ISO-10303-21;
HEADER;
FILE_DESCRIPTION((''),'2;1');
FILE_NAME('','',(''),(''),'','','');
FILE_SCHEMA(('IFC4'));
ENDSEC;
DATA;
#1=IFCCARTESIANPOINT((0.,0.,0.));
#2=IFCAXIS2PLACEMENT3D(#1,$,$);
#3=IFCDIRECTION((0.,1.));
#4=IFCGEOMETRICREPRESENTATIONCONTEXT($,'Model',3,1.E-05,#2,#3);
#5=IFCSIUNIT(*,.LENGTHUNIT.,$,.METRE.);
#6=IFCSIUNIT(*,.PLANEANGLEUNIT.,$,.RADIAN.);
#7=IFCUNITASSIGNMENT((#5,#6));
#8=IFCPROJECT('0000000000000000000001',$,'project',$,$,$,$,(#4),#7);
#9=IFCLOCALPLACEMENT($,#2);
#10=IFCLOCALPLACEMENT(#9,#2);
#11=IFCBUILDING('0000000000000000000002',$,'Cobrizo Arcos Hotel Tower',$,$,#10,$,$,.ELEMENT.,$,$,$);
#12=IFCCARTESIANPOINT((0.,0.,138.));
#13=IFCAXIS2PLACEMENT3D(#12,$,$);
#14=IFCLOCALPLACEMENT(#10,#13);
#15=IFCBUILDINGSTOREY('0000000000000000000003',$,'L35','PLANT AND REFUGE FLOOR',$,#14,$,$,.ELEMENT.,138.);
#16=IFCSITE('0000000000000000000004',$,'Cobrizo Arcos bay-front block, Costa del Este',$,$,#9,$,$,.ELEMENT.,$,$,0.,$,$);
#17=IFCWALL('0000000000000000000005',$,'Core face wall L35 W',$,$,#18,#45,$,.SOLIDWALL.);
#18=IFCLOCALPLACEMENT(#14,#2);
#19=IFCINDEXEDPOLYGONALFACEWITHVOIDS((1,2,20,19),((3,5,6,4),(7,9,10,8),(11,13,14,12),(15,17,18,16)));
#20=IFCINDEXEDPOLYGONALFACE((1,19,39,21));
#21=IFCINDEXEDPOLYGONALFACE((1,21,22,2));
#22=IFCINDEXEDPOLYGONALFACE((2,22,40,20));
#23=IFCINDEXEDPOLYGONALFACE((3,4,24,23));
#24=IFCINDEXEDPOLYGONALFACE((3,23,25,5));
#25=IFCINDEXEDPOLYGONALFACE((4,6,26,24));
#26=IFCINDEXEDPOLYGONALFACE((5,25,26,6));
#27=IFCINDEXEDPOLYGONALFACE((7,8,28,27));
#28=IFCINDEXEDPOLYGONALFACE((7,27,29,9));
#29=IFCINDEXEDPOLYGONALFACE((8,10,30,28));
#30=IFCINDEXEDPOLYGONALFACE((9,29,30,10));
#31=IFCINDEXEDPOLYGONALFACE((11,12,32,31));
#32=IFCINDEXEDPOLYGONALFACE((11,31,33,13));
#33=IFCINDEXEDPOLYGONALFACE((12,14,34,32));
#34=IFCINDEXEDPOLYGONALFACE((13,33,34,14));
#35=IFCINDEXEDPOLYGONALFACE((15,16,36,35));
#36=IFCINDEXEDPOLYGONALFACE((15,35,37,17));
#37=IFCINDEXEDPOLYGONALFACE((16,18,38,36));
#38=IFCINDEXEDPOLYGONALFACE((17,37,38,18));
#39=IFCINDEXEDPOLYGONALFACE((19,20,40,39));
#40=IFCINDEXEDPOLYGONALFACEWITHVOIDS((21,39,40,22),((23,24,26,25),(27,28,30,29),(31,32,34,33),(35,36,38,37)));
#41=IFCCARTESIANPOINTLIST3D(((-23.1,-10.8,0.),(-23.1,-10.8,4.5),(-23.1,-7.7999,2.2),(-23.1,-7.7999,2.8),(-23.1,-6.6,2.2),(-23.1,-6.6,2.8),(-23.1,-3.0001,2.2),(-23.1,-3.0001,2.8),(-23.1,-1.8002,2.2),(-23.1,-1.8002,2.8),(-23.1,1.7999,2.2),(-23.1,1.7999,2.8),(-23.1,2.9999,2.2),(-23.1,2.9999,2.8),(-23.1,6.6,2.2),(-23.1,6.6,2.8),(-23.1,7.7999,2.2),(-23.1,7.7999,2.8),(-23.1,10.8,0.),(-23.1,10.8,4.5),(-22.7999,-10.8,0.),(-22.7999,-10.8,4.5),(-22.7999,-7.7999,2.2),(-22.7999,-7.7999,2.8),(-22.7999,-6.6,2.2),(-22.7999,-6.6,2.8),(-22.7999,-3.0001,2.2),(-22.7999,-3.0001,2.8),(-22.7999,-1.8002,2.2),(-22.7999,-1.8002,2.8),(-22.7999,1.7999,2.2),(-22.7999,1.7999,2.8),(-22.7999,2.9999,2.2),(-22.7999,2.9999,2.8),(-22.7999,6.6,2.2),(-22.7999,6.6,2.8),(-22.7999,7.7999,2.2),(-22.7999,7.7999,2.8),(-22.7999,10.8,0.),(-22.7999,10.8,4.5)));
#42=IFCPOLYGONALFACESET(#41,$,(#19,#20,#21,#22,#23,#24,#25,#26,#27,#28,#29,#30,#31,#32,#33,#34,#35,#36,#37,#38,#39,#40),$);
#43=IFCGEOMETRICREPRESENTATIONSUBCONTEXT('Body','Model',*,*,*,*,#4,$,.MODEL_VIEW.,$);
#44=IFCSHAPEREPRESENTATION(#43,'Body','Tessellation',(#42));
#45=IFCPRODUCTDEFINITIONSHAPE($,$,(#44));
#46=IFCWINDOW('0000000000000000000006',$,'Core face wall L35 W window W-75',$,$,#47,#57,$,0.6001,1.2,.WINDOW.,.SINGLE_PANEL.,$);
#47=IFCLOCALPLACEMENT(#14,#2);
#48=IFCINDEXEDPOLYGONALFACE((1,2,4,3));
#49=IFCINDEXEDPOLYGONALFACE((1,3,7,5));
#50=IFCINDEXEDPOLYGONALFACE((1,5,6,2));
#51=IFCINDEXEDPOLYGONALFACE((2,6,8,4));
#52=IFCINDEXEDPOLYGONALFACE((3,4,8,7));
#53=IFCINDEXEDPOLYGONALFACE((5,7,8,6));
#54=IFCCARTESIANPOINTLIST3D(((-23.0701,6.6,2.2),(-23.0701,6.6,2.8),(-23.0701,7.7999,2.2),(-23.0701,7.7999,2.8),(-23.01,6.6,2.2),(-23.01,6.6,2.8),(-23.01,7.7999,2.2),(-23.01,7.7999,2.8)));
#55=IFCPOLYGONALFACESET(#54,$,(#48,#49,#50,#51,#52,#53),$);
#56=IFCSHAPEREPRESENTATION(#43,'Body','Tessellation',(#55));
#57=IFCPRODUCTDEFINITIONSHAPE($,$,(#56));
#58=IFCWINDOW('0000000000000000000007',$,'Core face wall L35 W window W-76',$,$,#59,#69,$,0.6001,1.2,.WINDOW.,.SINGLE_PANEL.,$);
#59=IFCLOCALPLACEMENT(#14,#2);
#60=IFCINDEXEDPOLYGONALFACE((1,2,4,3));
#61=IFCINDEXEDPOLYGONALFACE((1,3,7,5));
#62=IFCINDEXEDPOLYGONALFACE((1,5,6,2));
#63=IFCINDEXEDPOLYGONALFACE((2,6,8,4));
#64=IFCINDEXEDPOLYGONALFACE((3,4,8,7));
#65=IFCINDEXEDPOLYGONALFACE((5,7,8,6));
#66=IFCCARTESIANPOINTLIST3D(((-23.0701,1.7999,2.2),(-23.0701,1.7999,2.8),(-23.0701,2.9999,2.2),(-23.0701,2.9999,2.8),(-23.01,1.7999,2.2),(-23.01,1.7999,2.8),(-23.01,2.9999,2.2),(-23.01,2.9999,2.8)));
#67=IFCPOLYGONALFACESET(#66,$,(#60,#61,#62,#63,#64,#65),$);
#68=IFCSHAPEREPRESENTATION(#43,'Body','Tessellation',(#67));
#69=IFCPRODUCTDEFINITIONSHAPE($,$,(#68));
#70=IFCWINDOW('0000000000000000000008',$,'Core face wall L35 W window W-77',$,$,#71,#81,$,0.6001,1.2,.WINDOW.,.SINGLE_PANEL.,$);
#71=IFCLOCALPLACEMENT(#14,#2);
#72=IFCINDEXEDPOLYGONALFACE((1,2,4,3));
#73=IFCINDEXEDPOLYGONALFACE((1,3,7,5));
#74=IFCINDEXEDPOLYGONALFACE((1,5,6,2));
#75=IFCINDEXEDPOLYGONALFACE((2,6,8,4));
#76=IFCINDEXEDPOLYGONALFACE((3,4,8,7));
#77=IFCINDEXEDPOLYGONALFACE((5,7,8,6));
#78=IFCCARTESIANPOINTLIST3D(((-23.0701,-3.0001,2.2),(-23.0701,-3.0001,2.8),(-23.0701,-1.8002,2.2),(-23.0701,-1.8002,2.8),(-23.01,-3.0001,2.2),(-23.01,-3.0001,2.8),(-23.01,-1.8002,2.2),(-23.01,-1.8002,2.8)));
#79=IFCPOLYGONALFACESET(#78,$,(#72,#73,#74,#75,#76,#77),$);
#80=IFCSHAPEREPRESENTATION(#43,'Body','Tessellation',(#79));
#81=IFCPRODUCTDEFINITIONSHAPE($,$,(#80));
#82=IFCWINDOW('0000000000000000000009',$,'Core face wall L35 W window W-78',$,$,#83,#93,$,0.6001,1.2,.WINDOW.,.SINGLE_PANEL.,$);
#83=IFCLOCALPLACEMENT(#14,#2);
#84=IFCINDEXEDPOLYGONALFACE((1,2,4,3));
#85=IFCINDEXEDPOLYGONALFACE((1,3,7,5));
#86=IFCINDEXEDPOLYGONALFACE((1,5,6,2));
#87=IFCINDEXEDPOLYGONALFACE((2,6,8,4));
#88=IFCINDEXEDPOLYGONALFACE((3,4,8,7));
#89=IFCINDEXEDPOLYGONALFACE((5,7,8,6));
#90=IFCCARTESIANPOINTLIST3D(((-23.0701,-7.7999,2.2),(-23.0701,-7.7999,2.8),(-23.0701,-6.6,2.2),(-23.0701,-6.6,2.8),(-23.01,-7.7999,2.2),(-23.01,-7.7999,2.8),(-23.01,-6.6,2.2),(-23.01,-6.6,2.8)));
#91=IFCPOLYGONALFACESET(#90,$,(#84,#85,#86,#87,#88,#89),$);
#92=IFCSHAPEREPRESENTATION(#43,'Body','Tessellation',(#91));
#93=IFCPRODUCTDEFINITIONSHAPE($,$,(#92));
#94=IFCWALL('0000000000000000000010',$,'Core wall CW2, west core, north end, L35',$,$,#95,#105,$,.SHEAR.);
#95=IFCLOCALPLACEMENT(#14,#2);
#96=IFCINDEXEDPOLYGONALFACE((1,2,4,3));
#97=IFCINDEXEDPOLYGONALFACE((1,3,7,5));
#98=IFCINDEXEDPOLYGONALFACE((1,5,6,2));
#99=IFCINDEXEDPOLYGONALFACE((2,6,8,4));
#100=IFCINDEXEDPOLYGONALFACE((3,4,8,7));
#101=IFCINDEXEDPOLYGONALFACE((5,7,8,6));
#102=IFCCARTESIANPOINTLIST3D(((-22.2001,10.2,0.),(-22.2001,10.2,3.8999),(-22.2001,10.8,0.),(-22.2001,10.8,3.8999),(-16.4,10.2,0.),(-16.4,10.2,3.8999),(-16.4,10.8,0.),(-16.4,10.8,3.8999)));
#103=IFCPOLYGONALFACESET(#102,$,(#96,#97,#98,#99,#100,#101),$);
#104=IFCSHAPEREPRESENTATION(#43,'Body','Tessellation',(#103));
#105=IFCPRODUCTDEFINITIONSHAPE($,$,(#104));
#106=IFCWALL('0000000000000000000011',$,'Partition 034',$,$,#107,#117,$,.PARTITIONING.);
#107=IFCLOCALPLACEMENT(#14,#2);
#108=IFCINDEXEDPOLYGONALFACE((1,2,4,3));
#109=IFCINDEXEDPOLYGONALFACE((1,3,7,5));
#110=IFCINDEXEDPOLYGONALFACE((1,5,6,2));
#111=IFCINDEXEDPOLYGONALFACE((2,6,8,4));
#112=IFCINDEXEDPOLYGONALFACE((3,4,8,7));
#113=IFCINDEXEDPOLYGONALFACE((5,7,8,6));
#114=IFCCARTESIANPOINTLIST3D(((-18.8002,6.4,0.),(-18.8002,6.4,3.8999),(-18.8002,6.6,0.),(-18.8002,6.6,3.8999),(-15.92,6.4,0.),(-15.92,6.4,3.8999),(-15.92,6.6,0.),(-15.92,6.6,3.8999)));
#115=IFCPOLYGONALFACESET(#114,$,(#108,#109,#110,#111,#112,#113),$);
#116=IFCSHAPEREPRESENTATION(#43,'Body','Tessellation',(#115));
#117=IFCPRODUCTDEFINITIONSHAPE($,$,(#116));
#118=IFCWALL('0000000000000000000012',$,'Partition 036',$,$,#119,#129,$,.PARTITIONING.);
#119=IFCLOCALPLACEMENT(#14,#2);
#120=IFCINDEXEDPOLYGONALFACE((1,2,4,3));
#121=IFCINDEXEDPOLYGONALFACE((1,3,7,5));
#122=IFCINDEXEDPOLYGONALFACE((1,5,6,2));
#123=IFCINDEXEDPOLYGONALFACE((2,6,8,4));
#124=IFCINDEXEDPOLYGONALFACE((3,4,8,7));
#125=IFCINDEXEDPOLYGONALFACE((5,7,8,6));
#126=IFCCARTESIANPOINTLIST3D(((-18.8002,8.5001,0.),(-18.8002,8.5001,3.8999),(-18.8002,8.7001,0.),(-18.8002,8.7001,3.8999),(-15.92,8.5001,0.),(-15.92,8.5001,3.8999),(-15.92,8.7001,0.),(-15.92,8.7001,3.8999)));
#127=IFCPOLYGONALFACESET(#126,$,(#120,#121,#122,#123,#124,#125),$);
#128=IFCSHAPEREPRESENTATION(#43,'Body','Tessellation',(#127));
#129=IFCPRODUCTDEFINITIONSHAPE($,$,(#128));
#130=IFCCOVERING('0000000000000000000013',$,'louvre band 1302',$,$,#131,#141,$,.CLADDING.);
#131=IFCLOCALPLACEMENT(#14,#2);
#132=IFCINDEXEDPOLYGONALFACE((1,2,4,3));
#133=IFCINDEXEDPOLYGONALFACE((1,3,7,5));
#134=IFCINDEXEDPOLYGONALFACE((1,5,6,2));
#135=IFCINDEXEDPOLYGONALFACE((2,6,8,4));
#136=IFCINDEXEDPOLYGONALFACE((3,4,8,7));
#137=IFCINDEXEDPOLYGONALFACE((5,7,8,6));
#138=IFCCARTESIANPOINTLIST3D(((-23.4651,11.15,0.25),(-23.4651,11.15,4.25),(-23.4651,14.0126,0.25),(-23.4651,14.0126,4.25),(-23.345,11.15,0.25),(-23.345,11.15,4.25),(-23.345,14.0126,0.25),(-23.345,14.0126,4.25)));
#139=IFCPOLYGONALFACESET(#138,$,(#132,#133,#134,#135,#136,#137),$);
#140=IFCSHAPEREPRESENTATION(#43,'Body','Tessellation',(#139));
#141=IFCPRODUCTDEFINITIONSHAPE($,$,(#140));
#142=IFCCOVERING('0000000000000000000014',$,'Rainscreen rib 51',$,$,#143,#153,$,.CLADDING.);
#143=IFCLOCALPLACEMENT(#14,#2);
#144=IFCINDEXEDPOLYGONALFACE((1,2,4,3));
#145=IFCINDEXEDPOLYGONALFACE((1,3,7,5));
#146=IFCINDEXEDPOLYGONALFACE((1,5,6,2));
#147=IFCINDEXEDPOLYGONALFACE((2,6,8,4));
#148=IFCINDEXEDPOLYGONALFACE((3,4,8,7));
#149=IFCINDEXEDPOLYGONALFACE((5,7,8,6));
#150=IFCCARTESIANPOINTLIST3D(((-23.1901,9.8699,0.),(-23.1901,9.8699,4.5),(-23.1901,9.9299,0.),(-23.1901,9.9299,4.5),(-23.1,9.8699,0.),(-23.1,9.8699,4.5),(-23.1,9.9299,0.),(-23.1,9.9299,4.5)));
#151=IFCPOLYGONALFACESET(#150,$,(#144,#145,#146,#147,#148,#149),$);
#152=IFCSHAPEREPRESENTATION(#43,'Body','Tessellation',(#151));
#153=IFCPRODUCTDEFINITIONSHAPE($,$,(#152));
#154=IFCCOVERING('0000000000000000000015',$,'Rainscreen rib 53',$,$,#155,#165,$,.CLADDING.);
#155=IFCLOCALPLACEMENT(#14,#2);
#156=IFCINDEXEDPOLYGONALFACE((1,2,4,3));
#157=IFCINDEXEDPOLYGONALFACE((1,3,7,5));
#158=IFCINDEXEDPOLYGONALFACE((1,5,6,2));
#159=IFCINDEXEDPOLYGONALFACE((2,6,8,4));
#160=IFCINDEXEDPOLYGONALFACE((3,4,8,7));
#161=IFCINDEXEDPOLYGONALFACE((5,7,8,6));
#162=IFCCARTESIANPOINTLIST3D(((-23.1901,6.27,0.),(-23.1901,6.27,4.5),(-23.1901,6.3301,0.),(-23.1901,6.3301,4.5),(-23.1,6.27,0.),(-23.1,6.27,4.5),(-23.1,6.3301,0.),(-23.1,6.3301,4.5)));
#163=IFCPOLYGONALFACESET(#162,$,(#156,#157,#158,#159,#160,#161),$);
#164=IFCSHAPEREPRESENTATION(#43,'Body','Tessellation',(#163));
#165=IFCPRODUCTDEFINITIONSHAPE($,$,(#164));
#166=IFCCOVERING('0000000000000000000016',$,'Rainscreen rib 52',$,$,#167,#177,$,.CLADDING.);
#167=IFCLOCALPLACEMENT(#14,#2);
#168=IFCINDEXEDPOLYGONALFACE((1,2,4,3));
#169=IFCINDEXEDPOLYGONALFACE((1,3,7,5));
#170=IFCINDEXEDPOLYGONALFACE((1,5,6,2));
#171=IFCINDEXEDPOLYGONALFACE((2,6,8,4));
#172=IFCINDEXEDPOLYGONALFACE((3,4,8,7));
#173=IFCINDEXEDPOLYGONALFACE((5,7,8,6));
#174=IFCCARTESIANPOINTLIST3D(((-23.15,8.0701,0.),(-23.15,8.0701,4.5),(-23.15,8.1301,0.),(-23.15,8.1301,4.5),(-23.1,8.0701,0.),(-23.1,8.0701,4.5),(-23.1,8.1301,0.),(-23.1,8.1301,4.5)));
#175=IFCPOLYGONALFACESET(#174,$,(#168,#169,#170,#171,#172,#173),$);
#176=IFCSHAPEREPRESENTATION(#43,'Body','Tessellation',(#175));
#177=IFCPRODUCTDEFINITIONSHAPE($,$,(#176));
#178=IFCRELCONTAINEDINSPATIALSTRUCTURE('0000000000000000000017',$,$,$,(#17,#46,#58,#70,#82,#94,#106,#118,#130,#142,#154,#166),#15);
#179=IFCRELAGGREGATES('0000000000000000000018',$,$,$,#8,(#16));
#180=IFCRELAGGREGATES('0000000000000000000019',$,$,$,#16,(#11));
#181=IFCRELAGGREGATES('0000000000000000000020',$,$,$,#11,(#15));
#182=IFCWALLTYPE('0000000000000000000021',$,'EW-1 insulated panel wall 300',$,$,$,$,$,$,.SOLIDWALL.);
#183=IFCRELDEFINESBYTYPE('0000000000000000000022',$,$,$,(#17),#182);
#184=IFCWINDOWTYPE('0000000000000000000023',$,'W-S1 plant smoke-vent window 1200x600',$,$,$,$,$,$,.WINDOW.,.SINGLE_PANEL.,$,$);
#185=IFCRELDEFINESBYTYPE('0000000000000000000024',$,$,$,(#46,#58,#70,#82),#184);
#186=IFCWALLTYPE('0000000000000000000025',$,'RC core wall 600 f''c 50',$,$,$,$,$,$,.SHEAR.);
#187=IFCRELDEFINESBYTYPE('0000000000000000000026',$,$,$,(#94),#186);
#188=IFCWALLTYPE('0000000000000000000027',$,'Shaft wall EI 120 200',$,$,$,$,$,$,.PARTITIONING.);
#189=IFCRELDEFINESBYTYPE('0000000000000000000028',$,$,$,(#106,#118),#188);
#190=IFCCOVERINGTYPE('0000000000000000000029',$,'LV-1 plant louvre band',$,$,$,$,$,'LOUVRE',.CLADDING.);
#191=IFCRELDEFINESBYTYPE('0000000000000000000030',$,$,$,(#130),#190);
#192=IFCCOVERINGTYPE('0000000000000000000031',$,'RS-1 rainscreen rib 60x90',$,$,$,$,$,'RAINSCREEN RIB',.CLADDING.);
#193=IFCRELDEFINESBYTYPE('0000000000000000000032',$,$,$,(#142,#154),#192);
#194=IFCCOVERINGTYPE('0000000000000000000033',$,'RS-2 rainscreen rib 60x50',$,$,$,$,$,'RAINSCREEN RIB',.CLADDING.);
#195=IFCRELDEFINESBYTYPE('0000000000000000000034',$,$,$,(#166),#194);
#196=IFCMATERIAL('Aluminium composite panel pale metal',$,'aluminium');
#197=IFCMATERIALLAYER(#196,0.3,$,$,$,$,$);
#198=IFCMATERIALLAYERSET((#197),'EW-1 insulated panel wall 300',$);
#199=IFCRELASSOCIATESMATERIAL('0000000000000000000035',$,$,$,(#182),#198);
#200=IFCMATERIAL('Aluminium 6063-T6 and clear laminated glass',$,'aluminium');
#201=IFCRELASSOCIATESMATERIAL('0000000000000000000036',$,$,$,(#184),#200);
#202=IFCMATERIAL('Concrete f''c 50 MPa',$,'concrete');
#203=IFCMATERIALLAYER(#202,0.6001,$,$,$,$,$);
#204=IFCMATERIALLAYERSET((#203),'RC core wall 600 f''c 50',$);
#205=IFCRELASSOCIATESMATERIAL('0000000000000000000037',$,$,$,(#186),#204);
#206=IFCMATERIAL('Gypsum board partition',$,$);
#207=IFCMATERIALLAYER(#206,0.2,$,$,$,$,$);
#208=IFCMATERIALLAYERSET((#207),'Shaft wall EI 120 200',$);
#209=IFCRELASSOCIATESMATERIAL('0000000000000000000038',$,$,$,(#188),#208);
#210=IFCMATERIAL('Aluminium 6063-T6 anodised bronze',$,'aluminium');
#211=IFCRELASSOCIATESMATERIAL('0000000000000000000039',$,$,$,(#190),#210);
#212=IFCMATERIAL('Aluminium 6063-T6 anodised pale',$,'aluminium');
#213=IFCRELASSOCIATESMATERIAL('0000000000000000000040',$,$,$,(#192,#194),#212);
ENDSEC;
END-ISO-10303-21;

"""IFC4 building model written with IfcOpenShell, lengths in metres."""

from ifc_helpers import new_model, si_unit, direction, frame, frame_2d, origin, origin_2d, place, context, subcontext, project, spatial, rectangle, extrude, material, layer, layer_set, type_object, element, fill, save


model = new_model("IFC4")

# Units and contexts
model_context = context("Model", 3, precision=1e-05, world=origin(), true_north=direction((0.0, 1.0)))
body_context = subcontext(model_context, "Body", "Model", "MODEL_VIEW")
ifc_project = project(units=[si_unit("LENGTHUNIT", "METRE"), si_unit("PLANEANGLEUNIT", "RADIAN")], contexts=[model_context])

# Site, building, storey
site_placement = place(None, origin())
site = spatial("IfcSite", under=ifc_project, at=site_placement, Name="Cobrizo Arcos bay-front block, Costa del Este", CompositionType="ELEMENT", RefElevation=0.0)
building_placement = place(site_placement, origin())
building = spatial("IfcBuilding", under=site, at=building_placement, Name="Cobrizo Arcos Hotel Tower", CompositionType="ELEMENT")
storey_placement = place(building_placement, frame((0.0, 0.0, 138.0)))
storey = spatial("IfcBuildingStorey", under=building, at=storey_placement, Name="L35", Description="PLANT AND REFUGE FLOOR", CompositionType="ELEMENT", Elevation=138.0)

# Shared definitions
ifc_material_1 = material(Name="Aluminium 6063-T6 anodised bronze", Category="aluminium")

# Shared definitions
ifc_material_2 = material(Name="Aluminium composite panel pale metal", Category="aluminium")

# Shared definitions
ifc_material_3 = material(Name="Gypsum board partition")

# Wall, openings, windows
ifc_layer_1 = layer(ifc_material_2, 0.3)
ifc_layer_set_1 = layer_set([ifc_layer_1], Name="EW-1 insulated panel wall 300")
wall_type_1 = type_object("IfcWallType", Name="EW-1 insulated panel wall 300", PredefinedType="SOLIDWALL", material=ifc_layer_set_1)
wall_1_placement = place(storey_placement, frame((-22.95, 10.8, 0.0), z_axis=(0.0, 0.0, 1.0), x_axis=(0.0, -1.0, 0.0)))
wall_1 = element("IfcWall", 1, at=wall_1_placement, inside=storey, type_object=wall_type_1, Name="Core face wall L35 W", PredefinedType="SOLIDWALL", context=body_context, shape_type="SweptSolid", body=[
    extrude(rectangle(XDim=21.6001, YDim=0.3, at=frame_2d((10.8, 0.0))), origin(), (0.0, 0.0, 1.0), 4.5),
])
opening_1_placement = place(wall_1_placement, frame((3.0, 0.0, 2.2)))
opening_1 = element("IfcOpeningElement", 2, at=opening_1_placement, cuts=wall_1, PredefinedType="OPENING", context=body_context, shape_type="SweptSolid", body=[
    extrude(rectangle(XDim=1.2, YDim=0.6001, at=frame_2d((0.6001, 0.3))), frame((0.0, 0.1621, 0.0), z_axis=(0.0, -1.0, 0.0), x_axis=(1.0, 0.0, 0.0)), (0.0, 0.0, 1.0), 0.324),
])
opening_2_placement = place(wall_1_placement, frame((7.8, 0.0, 2.2)))
opening_2 = element("IfcOpeningElement", 3, at=opening_2_placement, cuts=wall_1, PredefinedType="OPENING", context=body_context, shape_type="SweptSolid", body=[
    extrude(rectangle(XDim=1.2, YDim=0.6001, at=frame_2d((0.6001, 0.3))), frame((0.0, 0.1621, 0.0), z_axis=(0.0, -1.0, 0.0), x_axis=(1.0, 0.0, 0.0)), (0.0, 0.0, 1.0), 0.324),
])
opening_3_placement = place(wall_1_placement, frame((12.6001, 0.0, 2.2)))
opening_3 = element("IfcOpeningElement", 4, at=opening_3_placement, cuts=wall_1, PredefinedType="OPENING", context=body_context, shape_type="SweptSolid", body=[
    extrude(rectangle(XDim=1.2, YDim=0.6001, at=frame_2d((0.6001, 0.3))), frame((0.0, 0.1621, 0.0), z_axis=(0.0, -1.0, 0.0), x_axis=(1.0, 0.0, 0.0)), (0.0, 0.0, 1.0), 0.324),
])
opening_4_placement = place(wall_1_placement, frame((17.3999, 0.0, 2.2)))
opening_4 = element("IfcOpeningElement", 5, at=opening_4_placement, cuts=wall_1, PredefinedType="OPENING", context=body_context, shape_type="SweptSolid", body=[
    extrude(rectangle(XDim=1.2, YDim=0.6001, at=frame_2d((0.6001, 0.3))), frame((0.0, 0.1621, 0.0), z_axis=(0.0, -1.0, 0.0), x_axis=(1.0, 0.0, 0.0)), (0.0, 0.0, 1.0), 0.324),
])
ifc_material_4 = material(Name="Aluminium 6063-T6 and clear laminated glass", Category="aluminium")
window_type = type_object("IfcWindowType", Name="W-S1 plant smoke-vent window 1200x600", PartitioningType="SINGLE_PANEL", PredefinedType="WINDOW", material=ifc_material_4)
window_1_placement = place(opening_1_placement, origin())
window_1 = element("IfcWindow", 6, at=window_1_placement, inside=storey, type_object=window_type, Name="Core face wall L35 W window W-75", OverallHeight=0.6001, OverallWidth=1.2, PartitioningType="SINGLE_PANEL", PredefinedType="WINDOW", context=body_context, shape_type="SweptSolid", body=[
    extrude(rectangle(XDim=1.2, YDim=0.6001, at=frame_2d((0.6001, 0.3))), frame((0.0, -0.0601, 0.0), z_axis=(0.0, -1.0, 0.0), x_axis=(1.0, 0.0, 0.0)), (0.0, 0.0, 1.0), 0.0601),
])
fill(opening_1, window_1)
window_2_placement = place(opening_2_placement, origin())
window_2 = element("IfcWindow", 7, at=window_2_placement, inside=storey, type_object=window_type, Name="Core face wall L35 W window W-76", OverallHeight=0.6001, OverallWidth=1.2, PartitioningType="SINGLE_PANEL", PredefinedType="WINDOW", context=body_context, shape_type="SweptSolid", body=[
    extrude(rectangle(XDim=1.2, YDim=0.6001, at=frame_2d((0.6001, 0.3))), frame((0.0, -0.0601, 0.0), z_axis=(0.0, -1.0, 0.0), x_axis=(1.0, 0.0, 0.0)), (0.0, 0.0, 1.0), 0.0601),
])
fill(opening_2, window_2)
window_3_placement = place(opening_3_placement, origin())
window_3 = element("IfcWindow", 8, at=window_3_placement, inside=storey, type_object=window_type, Name="Core face wall L35 W window W-77", OverallHeight=0.6001, OverallWidth=1.2, PartitioningType="SINGLE_PANEL", PredefinedType="WINDOW", context=body_context, shape_type="SweptSolid", body=[
    extrude(rectangle(XDim=1.2, YDim=0.6001, at=frame_2d((0.6001, 0.3))), frame((0.0, -0.0601, 0.0), z_axis=(0.0, -1.0, 0.0), x_axis=(1.0, 0.0, 0.0)), (0.0, 0.0, 1.0), 0.0601),
])
fill(opening_3, window_3)
window_4_placement = place(opening_4_placement, origin())
window_4 = element("IfcWindow", 9, at=window_4_placement, inside=storey, type_object=window_type, Name="Core face wall L35 W window W-78", OverallHeight=0.6001, OverallWidth=1.2, PartitioningType="SINGLE_PANEL", PredefinedType="WINDOW", context=body_context, shape_type="SweptSolid", body=[
    extrude(rectangle(XDim=1.2, YDim=0.6001, at=frame_2d((0.6001, 0.3))), frame((0.0, -0.0601, 0.0), z_axis=(0.0, -1.0, 0.0), x_axis=(1.0, 0.0, 0.0)), (0.0, 0.0, 1.0), 0.0601),
])
fill(opening_4, window_4)

# Walls
ifc_material_5 = material(Name="Concrete f'c 50 MPa", Category="concrete")
ifc_layer_2 = layer(ifc_material_5, 0.6001)
ifc_layer_set_2 = layer_set([ifc_layer_2], Name="RC core wall 600 f'c 50")
wall_type_2 = type_object("IfcWallType", Name="RC core wall 600 f'c 50", PredefinedType="SHEAR", material=ifc_layer_set_2)
wall_2_placement = place(storey_placement, frame((-22.2, 10.5, 0.0), z_axis=(0.0, 0.0, 1.0), x_axis=(1.0, 0.0, 0.0)))
element("IfcWall", 10, at=wall_2_placement, inside=storey, type_object=wall_type_2, Name="Core wall CW2, west core, north end, L35", PredefinedType="SHEAR", context=body_context, shape_type="SweptSolid", body=[
    extrude(rectangle(XDim=5.8, YDim=0.6001, at=frame_2d((2.8999, 0.0))), origin(), (0.0, 0.0, 1.0), 3.8999),
])
ifc_layer_3 = layer(ifc_material_3, 0.2)
ifc_layer_set_3 = layer_set([ifc_layer_3], Name="Shaft wall EI 120 200")
wall_type_3 = type_object("IfcWallType", Name="Shaft wall EI 120 200", PredefinedType="PARTITIONING", material=ifc_layer_set_3)
for number, where, z_axis, x_axis, name in (
    (11, (-18.8, 6.5, 0.0), (0.0, 0.0, 1.0), (1.0, 0.0, 0.0), "Partition 034"),
    (12, (-18.8, 8.6001, 0.0), (0.0, 0.0, 1.0), (1.0, 0.0, 0.0), "Partition 036"),
):
    element("IfcWall", number, at=place(storey_placement, frame(where, z_axis=z_axis, x_axis=x_axis)), inside=storey, type_object=wall_type_3, Name=name, PredefinedType="PARTITIONING", context=body_context, shape_type="SweptSolid", body=[
        extrude(rectangle(XDim=2.8801, YDim=0.2, at=frame_2d((1.4399, 0.0))), origin(), (0.0, 0.0, 1.0), 3.8999),
    ])

# Coverings
covering_type_1 = type_object("IfcCoveringType", Name="LV-1 plant louvre band", ElementType="LOUVRE", PredefinedType="CLADDING", material=ifc_material_1)
covering_1_placement = place(storey_placement, frame((-23.405, 12.5813, 0.25), z_axis=(0.0, 0.0, 1.0), x_axis=(0.0, -1.0, 0.0)))
element("IfcCovering", 13, at=covering_1_placement, inside=storey, type_object=covering_type_1, Name="louvre band 1302", PredefinedType="CLADDING", context=body_context, shape_type="SweptSolid", body=[
    extrude(rectangle(XDim=2.8625, YDim=0.1201, at=origin_2d()), origin(), (0.0, 0.0, 1.0), 4.0),
])
ifc_material_6 = material(Name="Aluminium 6063-T6 anodised pale", Category="aluminium")
covering_type_2 = type_object("IfcCoveringType", Name="RS-1 rainscreen rib 60x90", ElementType="RAINSCREEN RIB", PredefinedType="CLADDING", material=ifc_material_6)
for number, where, z_axis, x_axis, name in (
    (14, (-23.145, 9.8999, 0.0), (0.0, 0.0, 1.0), (0.0, -1.0, 0.0), "Rainscreen rib 51"),
    (15, (-23.145, 6.3, 0.0), (0.0, 0.0, 1.0), (0.0, -1.0, 0.0), "Rainscreen rib 53"),
):
    element("IfcCovering", number, at=place(storey_placement, frame(where, z_axis=z_axis, x_axis=x_axis)), inside=storey, type_object=covering_type_2, Name=name, PredefinedType="CLADDING", context=body_context, shape_type="SweptSolid", body=[
        extrude(rectangle(XDim=0.0601, YDim=0.0901, at=origin_2d()), origin(), (0.0, 0.0, 1.0), 4.5),
    ])
covering_type_3 = type_object("IfcCoveringType", Name="RS-2 rainscreen rib 60x50", ElementType="RAINSCREEN RIB", PredefinedType="CLADDING", material=ifc_material_6)
covering_2_placement = place(storey_placement, frame((-23.125, 8.1001, 0.0), z_axis=(0.0, 0.0, 1.0), x_axis=(0.0, -1.0, 0.0)))
element("IfcCovering", 16, at=covering_2_placement, inside=storey, type_object=covering_type_3, Name="Rainscreen rib 52", PredefinedType="CLADDING", context=body_context, shape_type="SweptSolid", body=[
    extrude(rectangle(XDim=0.0601, YDim=0.05, at=origin_2d()), origin(), (0.0, 0.0, 1.0), 4.5),
])

save(model, "model.ifc")
